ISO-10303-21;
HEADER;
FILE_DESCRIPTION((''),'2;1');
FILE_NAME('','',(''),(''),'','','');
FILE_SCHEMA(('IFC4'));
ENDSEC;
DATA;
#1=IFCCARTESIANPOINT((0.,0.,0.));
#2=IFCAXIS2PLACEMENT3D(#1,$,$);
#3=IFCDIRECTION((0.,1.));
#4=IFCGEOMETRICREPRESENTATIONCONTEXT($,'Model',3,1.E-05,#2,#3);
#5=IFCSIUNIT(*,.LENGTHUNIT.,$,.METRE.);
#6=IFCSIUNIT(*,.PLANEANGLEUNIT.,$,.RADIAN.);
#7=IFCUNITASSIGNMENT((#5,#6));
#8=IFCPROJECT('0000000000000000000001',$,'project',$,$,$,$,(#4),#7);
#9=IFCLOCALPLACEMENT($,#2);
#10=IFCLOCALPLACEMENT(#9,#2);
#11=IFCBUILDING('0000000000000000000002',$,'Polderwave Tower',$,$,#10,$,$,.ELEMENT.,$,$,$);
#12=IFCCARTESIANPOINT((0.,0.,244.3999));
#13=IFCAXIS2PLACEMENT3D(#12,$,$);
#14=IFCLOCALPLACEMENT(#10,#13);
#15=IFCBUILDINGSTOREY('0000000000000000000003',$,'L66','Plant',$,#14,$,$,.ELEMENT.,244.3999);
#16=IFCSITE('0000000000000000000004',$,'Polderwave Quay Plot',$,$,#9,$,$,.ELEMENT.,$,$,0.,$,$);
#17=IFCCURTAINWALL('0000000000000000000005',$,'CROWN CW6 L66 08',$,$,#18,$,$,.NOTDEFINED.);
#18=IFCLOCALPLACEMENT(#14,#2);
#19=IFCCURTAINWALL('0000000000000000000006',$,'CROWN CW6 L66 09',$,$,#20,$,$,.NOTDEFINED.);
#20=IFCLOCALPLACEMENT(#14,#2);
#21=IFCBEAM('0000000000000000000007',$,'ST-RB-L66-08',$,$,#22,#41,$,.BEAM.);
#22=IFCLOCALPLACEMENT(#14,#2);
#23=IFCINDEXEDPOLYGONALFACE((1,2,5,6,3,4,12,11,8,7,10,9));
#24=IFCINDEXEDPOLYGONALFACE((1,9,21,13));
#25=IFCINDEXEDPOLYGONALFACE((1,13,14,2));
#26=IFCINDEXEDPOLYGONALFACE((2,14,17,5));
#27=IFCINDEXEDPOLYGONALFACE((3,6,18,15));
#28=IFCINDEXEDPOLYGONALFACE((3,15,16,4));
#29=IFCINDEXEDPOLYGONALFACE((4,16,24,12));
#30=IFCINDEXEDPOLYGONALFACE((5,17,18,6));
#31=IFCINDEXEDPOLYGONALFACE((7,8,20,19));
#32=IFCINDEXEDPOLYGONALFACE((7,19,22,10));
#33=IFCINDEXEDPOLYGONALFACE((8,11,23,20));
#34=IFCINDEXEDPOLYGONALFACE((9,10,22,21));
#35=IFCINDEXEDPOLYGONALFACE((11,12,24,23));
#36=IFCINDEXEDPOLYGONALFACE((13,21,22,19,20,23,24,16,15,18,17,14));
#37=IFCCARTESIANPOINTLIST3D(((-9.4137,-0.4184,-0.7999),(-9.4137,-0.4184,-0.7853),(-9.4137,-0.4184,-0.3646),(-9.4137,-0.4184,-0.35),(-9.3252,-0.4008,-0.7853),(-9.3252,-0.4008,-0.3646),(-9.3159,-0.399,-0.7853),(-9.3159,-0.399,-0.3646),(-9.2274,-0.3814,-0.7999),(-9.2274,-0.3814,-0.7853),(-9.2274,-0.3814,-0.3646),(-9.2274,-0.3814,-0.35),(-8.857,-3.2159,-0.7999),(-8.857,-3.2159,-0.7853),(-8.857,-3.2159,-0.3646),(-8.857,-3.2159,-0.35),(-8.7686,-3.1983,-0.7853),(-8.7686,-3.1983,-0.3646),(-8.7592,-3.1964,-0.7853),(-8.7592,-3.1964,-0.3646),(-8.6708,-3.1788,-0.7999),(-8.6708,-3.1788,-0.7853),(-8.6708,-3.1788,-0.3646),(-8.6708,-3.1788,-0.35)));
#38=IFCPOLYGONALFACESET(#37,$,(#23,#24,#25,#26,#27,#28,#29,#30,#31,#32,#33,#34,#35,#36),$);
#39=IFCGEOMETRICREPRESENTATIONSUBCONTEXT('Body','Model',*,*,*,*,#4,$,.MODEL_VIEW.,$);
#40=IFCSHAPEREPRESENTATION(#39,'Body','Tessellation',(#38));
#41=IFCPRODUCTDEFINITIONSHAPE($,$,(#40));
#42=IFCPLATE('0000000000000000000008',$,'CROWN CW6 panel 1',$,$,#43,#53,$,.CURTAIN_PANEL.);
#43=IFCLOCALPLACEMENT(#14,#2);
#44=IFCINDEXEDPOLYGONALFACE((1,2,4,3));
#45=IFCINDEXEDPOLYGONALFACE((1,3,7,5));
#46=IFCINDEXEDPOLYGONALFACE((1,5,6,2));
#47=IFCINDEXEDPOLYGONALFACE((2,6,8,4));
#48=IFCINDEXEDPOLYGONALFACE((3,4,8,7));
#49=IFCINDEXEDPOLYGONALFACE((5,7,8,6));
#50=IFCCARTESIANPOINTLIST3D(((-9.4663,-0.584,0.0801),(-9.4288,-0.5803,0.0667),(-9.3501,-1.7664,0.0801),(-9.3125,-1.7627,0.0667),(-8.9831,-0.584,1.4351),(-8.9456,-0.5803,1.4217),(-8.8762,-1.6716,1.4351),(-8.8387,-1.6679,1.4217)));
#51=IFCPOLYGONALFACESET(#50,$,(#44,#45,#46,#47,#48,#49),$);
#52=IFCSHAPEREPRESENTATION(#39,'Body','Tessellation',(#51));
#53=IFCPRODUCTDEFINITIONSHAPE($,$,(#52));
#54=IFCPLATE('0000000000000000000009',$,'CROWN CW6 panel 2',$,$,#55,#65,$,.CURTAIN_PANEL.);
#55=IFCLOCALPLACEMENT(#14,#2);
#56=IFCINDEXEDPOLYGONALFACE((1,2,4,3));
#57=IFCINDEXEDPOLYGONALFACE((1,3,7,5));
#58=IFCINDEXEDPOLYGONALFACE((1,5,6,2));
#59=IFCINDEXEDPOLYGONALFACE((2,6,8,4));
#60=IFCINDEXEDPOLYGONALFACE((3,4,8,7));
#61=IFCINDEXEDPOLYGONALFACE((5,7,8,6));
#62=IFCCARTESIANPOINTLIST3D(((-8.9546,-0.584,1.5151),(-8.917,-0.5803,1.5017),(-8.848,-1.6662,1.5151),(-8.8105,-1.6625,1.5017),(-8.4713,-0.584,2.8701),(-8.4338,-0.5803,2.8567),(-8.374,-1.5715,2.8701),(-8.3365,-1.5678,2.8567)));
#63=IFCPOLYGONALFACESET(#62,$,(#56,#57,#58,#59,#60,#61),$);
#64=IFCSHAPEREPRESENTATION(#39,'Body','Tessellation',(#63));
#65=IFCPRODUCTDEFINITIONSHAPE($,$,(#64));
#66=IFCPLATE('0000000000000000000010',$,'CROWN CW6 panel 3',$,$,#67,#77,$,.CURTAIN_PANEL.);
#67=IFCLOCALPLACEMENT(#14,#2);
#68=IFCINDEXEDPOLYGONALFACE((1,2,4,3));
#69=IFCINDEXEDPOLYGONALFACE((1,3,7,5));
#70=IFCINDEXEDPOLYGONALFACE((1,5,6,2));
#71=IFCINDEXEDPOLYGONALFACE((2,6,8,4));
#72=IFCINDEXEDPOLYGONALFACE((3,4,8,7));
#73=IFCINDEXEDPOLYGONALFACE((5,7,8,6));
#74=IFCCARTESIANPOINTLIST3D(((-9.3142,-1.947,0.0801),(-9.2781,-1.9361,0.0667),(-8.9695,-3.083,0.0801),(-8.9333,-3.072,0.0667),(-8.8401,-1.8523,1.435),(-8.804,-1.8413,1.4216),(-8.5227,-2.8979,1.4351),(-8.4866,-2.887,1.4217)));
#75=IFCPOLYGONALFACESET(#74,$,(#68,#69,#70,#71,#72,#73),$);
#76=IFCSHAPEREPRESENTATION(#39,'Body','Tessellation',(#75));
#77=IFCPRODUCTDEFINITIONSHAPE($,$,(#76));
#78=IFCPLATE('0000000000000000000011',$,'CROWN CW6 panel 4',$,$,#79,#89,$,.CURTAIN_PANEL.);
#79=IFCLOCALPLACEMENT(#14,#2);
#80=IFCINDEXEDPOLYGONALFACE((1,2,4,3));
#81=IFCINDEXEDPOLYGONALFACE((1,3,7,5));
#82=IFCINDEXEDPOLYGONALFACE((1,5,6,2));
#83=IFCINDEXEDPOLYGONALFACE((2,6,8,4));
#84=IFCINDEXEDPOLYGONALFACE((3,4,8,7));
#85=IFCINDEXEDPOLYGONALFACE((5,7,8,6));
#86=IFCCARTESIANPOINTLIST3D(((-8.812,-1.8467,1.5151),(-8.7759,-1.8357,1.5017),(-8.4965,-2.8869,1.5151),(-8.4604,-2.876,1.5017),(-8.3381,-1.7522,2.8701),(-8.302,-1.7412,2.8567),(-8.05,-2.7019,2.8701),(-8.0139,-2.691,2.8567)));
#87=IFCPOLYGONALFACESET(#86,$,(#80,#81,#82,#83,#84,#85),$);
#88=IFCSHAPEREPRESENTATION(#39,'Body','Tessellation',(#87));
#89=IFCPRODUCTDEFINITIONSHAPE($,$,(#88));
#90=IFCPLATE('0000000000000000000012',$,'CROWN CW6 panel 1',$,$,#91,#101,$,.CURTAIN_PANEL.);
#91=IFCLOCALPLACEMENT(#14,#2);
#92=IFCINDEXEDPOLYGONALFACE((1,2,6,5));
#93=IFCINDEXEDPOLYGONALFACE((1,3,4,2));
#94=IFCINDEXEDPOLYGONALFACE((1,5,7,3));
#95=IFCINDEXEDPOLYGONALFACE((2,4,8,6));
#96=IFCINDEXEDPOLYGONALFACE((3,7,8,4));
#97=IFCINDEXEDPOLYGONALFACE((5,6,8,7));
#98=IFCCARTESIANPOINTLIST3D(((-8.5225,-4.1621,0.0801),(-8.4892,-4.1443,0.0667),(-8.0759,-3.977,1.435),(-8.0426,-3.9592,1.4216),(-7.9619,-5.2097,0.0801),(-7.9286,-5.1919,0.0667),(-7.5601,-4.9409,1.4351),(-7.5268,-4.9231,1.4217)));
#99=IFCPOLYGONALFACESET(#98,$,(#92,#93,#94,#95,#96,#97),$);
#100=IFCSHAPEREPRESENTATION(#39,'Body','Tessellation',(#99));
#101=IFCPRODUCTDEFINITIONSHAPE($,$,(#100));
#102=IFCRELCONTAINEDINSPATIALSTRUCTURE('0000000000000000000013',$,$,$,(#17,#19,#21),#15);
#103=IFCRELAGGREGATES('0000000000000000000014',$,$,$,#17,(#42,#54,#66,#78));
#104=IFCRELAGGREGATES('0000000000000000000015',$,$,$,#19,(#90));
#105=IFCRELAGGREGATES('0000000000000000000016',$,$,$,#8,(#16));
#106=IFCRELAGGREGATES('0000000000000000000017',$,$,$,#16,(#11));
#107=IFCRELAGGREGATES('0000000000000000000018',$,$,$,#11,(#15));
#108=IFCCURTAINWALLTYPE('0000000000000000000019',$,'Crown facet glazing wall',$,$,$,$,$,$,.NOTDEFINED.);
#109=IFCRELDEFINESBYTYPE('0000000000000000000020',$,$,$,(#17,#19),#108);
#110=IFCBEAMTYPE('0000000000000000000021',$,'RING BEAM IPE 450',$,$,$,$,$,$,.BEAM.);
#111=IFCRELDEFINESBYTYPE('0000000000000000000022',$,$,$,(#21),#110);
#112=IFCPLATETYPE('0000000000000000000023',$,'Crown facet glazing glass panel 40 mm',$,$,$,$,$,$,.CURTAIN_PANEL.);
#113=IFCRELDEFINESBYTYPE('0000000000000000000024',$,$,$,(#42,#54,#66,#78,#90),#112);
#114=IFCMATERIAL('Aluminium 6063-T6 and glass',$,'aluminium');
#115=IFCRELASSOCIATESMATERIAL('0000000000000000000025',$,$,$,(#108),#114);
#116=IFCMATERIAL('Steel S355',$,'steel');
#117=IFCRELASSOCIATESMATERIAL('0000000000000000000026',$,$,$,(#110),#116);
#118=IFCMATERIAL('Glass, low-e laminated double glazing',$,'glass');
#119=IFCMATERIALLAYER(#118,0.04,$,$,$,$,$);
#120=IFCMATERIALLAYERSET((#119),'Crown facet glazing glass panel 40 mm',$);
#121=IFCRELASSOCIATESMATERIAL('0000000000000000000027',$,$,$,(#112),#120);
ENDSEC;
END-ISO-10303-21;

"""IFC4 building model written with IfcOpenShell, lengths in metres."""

from ifc_helpers import new_model, si_unit, direction, frame, origin, origin_2d, place, context, subcontext, project, spatial, polyline, i_section, outline, extrude, material, layer, layer_set, material_profile, profile_set, type_object, element, aggregate, save


model = new_model("IFC4")

# Units and contexts
model_context = context("Model", 3, precision=1e-05, world=origin(), true_north=direction((0.0, 1.0)))
body_context = subcontext(model_context, "Body", "Model", "MODEL_VIEW")
ifc_project = project(units=[si_unit("LENGTHUNIT", "METRE"), si_unit("PLANEANGLEUNIT", "RADIAN")], contexts=[model_context])

# Site, building, storey
site_placement = place(None, origin())
site = spatial("IfcSite", under=ifc_project, at=site_placement, Name="Polderwave Quay Plot", CompositionType="ELEMENT", RefElevation=0.0)
building_placement = place(site_placement, origin())
building = spatial("IfcBuilding", under=site, at=building_placement, Name="Polderwave Tower", CompositionType="ELEMENT")
storey_placement = place(building_placement, frame((0.0, 0.0, 244.3999)))
storey = spatial("IfcBuildingStorey", under=building, at=storey_placement, Name="L66", Description="Plant", CompositionType="ELEMENT", Elevation=244.3999)

# Curtain wall
ifc_material_1 = material(Name="Aluminium 6063-T6 and glass", Category="aluminium")
curtain_wall_type = type_object("IfcCurtainWallType", Name="Crown facet glazing wall", PredefinedType="NOTDEFINED", material=ifc_material_1)
curtain_wall_1_placement = place(storey_placement, origin())
curtain_wall_1 = element("IfcCurtainWall", 1, at=curtain_wall_1_placement, inside=storey, type_object=curtain_wall_type, Name="CROWN CW6 L66 08", PredefinedType="NOTDEFINED")

# Curtain wall
curtain_wall_2_placement = place(storey_placement, origin())
curtain_wall_2 = element("IfcCurtainWall", 2, at=curtain_wall_2_placement, inside=storey, type_object=curtain_wall_type, Name="CROWN CW6 L66 09", PredefinedType="NOTDEFINED")

# Beam
ifc_material_2 = material(Name="Steel S355", Category="steel")
ifc_material_profile_1 = material_profile(ifc_material_2, i_section(OverallWidth=0.1899, OverallDepth=0.45, WebThickness=0.0095, FlangeThickness=0.0146, at=origin_2d()), Name="IPE 450")
ifc_profile_set_1 = profile_set([ifc_material_profile_1], Name="Steel S355")
beam_type = type_object("IfcBeamType", Name="RING BEAM IPE 450", PredefinedType="BEAM", material=ifc_profile_set_1)
beam_placement = place(storey_placement, frame((-9.3206, -0.3999, -0.575), z_axis=(0.195161, -0.980771, 0.0), x_axis=(0.980771, 0.195161, 0.0)))
element("IfcBeam", 3, at=beam_placement, inside=storey, type_object=beam_type, Name="ST-RB-L66-08", PredefinedType="BEAM", context=body_context, shape_type="SweptSolid", body=[
    extrude(i_section(OverallWidth=0.1899, OverallDepth=0.45, WebThickness=0.0095, FlangeThickness=0.0146, at=origin_2d()), origin(), (0.0, 0.0, 1.0), 2.8523),
])

# Plates
ifc_material_3 = material(Name="Glass, low-e laminated double glazing", Category="glass")
ifc_layer = layer(ifc_material_3, 0.04)
ifc_layer_set = layer_set([ifc_layer], Name="Crown facet glazing glass panel 40 mm")
plate_type = type_object("IfcPlateType", Name="Crown facet glazing glass panel 40 mm", PredefinedType="CURTAIN_PANEL", material=ifc_layer_set)
plate_1_placement = place(storey_placement, frame((-9.4663, -0.584, 0.0801), z_axis=(-0.937895, -0.092196, 0.334443), x_axis=(0.097828, -0.995203, -0.000005)))
plate_1 = element("IfcPlate", 4, at=plate_1_placement, type_object=plate_type, Name="CROWN CW6 panel 1", PredefinedType="CURTAIN_PANEL", context=body_context, shape_type="SweptSolid", body=[
    extrude(outline(polyline([(0.0, 0.0), (1.1881, 0.0), (1.1402, 1.4378), (0.0473, 1.4378), (0.0, 0.0)])), origin(), (0.0, 0.0, -1.0), 0.04),
])
plate_2_placement = place(storey_placement, frame((-8.9546, -0.584, 1.5151), z_axis=(-0.937851, -0.092369, 0.334518), x_axis=(0.098001, -0.995186, -0.000043)))
plate_2 = element("IfcPlate", 5, at=plate_2_placement, type_object=plate_type, Name="CROWN CW6 panel 2", PredefinedType="CURTAIN_PANEL", context=body_context, shape_type="SweptSolid", body=[
    extrude(outline(polyline([(0.0, 0.0), (1.0875, 0.0), (1.0396, 1.4379), (0.0473, 1.4378), (0.0, 0.0)])), origin(), (0.0, 0.0, -1.0), 0.04),
])
plate_3_placement = place(storey_placement, frame((-9.3142, -1.947, 0.0801), z_axis=(-0.90172, -0.273664, 0.334676), x_axis=(0.290408, -0.956903, -0.000009)))
plate_3 = element("IfcPlate", 6, at=plate_3_placement, type_object=plate_type, Name="CROWN CW6 panel 3", PredefinedType="CURTAIN_PANEL", context=body_context, shape_type="SweptSolid", body=[
    extrude(outline(polyline([(0.0, 0.0), (1.1871, 0.0), (1.1398, 1.4379), (0.047, 1.4379), (0.0, 0.0)])), origin(), (0.0, 0.0, -1.0), 0.04),
])
plate_4_placement = place(storey_placement, frame((-8.812, -1.8467, 1.5151), z_axis=(-0.901831, -0.273503, 0.33451), x_axis=(0.290217, -0.956961, -0.000017)))
plate_4 = element("IfcPlate", 7, at=plate_4_placement, type_object=plate_type, Name="CROWN CW6 panel 4", PredefinedType="CURTAIN_PANEL", context=body_context, shape_type="SweptSolid", body=[
    extrude(outline(polyline([(0.0, 0.0), (1.0871, 0.0), (1.0395, 1.4378), (0.0471, 1.4378), (0.0, 0.0)])), origin(), (0.0, 0.0, -1.0), 0.04),
])
aggregate(curtain_wall_1, [plate_1, plate_2, plate_3, plate_4])
plate_5_placement = place(storey_placement, frame((-8.5225, -4.1621, 0.0801), z_axis=(-0.830876, -0.444633, 0.334583), x_axis=(0.471821, -0.881694, -0.000016)))
plate_5 = element("IfcPlate", 8, at=plate_5_placement, type_object=plate_type, Name="CROWN CW6 panel 1", PredefinedType="CURTAIN_PANEL", context=body_context, shape_type="SweptSolid", body=[
    extrude(outline(polyline([(0.0, 0.0), (1.1881, 0.0), (1.1407, 1.4379), (0.0475, 1.4378), (0.0, 0.0)])), origin(), (0.0, 0.0, -1.0), 0.04),
])
aggregate(curtain_wall_2, [plate_5])

save(model, "model.ifc")
